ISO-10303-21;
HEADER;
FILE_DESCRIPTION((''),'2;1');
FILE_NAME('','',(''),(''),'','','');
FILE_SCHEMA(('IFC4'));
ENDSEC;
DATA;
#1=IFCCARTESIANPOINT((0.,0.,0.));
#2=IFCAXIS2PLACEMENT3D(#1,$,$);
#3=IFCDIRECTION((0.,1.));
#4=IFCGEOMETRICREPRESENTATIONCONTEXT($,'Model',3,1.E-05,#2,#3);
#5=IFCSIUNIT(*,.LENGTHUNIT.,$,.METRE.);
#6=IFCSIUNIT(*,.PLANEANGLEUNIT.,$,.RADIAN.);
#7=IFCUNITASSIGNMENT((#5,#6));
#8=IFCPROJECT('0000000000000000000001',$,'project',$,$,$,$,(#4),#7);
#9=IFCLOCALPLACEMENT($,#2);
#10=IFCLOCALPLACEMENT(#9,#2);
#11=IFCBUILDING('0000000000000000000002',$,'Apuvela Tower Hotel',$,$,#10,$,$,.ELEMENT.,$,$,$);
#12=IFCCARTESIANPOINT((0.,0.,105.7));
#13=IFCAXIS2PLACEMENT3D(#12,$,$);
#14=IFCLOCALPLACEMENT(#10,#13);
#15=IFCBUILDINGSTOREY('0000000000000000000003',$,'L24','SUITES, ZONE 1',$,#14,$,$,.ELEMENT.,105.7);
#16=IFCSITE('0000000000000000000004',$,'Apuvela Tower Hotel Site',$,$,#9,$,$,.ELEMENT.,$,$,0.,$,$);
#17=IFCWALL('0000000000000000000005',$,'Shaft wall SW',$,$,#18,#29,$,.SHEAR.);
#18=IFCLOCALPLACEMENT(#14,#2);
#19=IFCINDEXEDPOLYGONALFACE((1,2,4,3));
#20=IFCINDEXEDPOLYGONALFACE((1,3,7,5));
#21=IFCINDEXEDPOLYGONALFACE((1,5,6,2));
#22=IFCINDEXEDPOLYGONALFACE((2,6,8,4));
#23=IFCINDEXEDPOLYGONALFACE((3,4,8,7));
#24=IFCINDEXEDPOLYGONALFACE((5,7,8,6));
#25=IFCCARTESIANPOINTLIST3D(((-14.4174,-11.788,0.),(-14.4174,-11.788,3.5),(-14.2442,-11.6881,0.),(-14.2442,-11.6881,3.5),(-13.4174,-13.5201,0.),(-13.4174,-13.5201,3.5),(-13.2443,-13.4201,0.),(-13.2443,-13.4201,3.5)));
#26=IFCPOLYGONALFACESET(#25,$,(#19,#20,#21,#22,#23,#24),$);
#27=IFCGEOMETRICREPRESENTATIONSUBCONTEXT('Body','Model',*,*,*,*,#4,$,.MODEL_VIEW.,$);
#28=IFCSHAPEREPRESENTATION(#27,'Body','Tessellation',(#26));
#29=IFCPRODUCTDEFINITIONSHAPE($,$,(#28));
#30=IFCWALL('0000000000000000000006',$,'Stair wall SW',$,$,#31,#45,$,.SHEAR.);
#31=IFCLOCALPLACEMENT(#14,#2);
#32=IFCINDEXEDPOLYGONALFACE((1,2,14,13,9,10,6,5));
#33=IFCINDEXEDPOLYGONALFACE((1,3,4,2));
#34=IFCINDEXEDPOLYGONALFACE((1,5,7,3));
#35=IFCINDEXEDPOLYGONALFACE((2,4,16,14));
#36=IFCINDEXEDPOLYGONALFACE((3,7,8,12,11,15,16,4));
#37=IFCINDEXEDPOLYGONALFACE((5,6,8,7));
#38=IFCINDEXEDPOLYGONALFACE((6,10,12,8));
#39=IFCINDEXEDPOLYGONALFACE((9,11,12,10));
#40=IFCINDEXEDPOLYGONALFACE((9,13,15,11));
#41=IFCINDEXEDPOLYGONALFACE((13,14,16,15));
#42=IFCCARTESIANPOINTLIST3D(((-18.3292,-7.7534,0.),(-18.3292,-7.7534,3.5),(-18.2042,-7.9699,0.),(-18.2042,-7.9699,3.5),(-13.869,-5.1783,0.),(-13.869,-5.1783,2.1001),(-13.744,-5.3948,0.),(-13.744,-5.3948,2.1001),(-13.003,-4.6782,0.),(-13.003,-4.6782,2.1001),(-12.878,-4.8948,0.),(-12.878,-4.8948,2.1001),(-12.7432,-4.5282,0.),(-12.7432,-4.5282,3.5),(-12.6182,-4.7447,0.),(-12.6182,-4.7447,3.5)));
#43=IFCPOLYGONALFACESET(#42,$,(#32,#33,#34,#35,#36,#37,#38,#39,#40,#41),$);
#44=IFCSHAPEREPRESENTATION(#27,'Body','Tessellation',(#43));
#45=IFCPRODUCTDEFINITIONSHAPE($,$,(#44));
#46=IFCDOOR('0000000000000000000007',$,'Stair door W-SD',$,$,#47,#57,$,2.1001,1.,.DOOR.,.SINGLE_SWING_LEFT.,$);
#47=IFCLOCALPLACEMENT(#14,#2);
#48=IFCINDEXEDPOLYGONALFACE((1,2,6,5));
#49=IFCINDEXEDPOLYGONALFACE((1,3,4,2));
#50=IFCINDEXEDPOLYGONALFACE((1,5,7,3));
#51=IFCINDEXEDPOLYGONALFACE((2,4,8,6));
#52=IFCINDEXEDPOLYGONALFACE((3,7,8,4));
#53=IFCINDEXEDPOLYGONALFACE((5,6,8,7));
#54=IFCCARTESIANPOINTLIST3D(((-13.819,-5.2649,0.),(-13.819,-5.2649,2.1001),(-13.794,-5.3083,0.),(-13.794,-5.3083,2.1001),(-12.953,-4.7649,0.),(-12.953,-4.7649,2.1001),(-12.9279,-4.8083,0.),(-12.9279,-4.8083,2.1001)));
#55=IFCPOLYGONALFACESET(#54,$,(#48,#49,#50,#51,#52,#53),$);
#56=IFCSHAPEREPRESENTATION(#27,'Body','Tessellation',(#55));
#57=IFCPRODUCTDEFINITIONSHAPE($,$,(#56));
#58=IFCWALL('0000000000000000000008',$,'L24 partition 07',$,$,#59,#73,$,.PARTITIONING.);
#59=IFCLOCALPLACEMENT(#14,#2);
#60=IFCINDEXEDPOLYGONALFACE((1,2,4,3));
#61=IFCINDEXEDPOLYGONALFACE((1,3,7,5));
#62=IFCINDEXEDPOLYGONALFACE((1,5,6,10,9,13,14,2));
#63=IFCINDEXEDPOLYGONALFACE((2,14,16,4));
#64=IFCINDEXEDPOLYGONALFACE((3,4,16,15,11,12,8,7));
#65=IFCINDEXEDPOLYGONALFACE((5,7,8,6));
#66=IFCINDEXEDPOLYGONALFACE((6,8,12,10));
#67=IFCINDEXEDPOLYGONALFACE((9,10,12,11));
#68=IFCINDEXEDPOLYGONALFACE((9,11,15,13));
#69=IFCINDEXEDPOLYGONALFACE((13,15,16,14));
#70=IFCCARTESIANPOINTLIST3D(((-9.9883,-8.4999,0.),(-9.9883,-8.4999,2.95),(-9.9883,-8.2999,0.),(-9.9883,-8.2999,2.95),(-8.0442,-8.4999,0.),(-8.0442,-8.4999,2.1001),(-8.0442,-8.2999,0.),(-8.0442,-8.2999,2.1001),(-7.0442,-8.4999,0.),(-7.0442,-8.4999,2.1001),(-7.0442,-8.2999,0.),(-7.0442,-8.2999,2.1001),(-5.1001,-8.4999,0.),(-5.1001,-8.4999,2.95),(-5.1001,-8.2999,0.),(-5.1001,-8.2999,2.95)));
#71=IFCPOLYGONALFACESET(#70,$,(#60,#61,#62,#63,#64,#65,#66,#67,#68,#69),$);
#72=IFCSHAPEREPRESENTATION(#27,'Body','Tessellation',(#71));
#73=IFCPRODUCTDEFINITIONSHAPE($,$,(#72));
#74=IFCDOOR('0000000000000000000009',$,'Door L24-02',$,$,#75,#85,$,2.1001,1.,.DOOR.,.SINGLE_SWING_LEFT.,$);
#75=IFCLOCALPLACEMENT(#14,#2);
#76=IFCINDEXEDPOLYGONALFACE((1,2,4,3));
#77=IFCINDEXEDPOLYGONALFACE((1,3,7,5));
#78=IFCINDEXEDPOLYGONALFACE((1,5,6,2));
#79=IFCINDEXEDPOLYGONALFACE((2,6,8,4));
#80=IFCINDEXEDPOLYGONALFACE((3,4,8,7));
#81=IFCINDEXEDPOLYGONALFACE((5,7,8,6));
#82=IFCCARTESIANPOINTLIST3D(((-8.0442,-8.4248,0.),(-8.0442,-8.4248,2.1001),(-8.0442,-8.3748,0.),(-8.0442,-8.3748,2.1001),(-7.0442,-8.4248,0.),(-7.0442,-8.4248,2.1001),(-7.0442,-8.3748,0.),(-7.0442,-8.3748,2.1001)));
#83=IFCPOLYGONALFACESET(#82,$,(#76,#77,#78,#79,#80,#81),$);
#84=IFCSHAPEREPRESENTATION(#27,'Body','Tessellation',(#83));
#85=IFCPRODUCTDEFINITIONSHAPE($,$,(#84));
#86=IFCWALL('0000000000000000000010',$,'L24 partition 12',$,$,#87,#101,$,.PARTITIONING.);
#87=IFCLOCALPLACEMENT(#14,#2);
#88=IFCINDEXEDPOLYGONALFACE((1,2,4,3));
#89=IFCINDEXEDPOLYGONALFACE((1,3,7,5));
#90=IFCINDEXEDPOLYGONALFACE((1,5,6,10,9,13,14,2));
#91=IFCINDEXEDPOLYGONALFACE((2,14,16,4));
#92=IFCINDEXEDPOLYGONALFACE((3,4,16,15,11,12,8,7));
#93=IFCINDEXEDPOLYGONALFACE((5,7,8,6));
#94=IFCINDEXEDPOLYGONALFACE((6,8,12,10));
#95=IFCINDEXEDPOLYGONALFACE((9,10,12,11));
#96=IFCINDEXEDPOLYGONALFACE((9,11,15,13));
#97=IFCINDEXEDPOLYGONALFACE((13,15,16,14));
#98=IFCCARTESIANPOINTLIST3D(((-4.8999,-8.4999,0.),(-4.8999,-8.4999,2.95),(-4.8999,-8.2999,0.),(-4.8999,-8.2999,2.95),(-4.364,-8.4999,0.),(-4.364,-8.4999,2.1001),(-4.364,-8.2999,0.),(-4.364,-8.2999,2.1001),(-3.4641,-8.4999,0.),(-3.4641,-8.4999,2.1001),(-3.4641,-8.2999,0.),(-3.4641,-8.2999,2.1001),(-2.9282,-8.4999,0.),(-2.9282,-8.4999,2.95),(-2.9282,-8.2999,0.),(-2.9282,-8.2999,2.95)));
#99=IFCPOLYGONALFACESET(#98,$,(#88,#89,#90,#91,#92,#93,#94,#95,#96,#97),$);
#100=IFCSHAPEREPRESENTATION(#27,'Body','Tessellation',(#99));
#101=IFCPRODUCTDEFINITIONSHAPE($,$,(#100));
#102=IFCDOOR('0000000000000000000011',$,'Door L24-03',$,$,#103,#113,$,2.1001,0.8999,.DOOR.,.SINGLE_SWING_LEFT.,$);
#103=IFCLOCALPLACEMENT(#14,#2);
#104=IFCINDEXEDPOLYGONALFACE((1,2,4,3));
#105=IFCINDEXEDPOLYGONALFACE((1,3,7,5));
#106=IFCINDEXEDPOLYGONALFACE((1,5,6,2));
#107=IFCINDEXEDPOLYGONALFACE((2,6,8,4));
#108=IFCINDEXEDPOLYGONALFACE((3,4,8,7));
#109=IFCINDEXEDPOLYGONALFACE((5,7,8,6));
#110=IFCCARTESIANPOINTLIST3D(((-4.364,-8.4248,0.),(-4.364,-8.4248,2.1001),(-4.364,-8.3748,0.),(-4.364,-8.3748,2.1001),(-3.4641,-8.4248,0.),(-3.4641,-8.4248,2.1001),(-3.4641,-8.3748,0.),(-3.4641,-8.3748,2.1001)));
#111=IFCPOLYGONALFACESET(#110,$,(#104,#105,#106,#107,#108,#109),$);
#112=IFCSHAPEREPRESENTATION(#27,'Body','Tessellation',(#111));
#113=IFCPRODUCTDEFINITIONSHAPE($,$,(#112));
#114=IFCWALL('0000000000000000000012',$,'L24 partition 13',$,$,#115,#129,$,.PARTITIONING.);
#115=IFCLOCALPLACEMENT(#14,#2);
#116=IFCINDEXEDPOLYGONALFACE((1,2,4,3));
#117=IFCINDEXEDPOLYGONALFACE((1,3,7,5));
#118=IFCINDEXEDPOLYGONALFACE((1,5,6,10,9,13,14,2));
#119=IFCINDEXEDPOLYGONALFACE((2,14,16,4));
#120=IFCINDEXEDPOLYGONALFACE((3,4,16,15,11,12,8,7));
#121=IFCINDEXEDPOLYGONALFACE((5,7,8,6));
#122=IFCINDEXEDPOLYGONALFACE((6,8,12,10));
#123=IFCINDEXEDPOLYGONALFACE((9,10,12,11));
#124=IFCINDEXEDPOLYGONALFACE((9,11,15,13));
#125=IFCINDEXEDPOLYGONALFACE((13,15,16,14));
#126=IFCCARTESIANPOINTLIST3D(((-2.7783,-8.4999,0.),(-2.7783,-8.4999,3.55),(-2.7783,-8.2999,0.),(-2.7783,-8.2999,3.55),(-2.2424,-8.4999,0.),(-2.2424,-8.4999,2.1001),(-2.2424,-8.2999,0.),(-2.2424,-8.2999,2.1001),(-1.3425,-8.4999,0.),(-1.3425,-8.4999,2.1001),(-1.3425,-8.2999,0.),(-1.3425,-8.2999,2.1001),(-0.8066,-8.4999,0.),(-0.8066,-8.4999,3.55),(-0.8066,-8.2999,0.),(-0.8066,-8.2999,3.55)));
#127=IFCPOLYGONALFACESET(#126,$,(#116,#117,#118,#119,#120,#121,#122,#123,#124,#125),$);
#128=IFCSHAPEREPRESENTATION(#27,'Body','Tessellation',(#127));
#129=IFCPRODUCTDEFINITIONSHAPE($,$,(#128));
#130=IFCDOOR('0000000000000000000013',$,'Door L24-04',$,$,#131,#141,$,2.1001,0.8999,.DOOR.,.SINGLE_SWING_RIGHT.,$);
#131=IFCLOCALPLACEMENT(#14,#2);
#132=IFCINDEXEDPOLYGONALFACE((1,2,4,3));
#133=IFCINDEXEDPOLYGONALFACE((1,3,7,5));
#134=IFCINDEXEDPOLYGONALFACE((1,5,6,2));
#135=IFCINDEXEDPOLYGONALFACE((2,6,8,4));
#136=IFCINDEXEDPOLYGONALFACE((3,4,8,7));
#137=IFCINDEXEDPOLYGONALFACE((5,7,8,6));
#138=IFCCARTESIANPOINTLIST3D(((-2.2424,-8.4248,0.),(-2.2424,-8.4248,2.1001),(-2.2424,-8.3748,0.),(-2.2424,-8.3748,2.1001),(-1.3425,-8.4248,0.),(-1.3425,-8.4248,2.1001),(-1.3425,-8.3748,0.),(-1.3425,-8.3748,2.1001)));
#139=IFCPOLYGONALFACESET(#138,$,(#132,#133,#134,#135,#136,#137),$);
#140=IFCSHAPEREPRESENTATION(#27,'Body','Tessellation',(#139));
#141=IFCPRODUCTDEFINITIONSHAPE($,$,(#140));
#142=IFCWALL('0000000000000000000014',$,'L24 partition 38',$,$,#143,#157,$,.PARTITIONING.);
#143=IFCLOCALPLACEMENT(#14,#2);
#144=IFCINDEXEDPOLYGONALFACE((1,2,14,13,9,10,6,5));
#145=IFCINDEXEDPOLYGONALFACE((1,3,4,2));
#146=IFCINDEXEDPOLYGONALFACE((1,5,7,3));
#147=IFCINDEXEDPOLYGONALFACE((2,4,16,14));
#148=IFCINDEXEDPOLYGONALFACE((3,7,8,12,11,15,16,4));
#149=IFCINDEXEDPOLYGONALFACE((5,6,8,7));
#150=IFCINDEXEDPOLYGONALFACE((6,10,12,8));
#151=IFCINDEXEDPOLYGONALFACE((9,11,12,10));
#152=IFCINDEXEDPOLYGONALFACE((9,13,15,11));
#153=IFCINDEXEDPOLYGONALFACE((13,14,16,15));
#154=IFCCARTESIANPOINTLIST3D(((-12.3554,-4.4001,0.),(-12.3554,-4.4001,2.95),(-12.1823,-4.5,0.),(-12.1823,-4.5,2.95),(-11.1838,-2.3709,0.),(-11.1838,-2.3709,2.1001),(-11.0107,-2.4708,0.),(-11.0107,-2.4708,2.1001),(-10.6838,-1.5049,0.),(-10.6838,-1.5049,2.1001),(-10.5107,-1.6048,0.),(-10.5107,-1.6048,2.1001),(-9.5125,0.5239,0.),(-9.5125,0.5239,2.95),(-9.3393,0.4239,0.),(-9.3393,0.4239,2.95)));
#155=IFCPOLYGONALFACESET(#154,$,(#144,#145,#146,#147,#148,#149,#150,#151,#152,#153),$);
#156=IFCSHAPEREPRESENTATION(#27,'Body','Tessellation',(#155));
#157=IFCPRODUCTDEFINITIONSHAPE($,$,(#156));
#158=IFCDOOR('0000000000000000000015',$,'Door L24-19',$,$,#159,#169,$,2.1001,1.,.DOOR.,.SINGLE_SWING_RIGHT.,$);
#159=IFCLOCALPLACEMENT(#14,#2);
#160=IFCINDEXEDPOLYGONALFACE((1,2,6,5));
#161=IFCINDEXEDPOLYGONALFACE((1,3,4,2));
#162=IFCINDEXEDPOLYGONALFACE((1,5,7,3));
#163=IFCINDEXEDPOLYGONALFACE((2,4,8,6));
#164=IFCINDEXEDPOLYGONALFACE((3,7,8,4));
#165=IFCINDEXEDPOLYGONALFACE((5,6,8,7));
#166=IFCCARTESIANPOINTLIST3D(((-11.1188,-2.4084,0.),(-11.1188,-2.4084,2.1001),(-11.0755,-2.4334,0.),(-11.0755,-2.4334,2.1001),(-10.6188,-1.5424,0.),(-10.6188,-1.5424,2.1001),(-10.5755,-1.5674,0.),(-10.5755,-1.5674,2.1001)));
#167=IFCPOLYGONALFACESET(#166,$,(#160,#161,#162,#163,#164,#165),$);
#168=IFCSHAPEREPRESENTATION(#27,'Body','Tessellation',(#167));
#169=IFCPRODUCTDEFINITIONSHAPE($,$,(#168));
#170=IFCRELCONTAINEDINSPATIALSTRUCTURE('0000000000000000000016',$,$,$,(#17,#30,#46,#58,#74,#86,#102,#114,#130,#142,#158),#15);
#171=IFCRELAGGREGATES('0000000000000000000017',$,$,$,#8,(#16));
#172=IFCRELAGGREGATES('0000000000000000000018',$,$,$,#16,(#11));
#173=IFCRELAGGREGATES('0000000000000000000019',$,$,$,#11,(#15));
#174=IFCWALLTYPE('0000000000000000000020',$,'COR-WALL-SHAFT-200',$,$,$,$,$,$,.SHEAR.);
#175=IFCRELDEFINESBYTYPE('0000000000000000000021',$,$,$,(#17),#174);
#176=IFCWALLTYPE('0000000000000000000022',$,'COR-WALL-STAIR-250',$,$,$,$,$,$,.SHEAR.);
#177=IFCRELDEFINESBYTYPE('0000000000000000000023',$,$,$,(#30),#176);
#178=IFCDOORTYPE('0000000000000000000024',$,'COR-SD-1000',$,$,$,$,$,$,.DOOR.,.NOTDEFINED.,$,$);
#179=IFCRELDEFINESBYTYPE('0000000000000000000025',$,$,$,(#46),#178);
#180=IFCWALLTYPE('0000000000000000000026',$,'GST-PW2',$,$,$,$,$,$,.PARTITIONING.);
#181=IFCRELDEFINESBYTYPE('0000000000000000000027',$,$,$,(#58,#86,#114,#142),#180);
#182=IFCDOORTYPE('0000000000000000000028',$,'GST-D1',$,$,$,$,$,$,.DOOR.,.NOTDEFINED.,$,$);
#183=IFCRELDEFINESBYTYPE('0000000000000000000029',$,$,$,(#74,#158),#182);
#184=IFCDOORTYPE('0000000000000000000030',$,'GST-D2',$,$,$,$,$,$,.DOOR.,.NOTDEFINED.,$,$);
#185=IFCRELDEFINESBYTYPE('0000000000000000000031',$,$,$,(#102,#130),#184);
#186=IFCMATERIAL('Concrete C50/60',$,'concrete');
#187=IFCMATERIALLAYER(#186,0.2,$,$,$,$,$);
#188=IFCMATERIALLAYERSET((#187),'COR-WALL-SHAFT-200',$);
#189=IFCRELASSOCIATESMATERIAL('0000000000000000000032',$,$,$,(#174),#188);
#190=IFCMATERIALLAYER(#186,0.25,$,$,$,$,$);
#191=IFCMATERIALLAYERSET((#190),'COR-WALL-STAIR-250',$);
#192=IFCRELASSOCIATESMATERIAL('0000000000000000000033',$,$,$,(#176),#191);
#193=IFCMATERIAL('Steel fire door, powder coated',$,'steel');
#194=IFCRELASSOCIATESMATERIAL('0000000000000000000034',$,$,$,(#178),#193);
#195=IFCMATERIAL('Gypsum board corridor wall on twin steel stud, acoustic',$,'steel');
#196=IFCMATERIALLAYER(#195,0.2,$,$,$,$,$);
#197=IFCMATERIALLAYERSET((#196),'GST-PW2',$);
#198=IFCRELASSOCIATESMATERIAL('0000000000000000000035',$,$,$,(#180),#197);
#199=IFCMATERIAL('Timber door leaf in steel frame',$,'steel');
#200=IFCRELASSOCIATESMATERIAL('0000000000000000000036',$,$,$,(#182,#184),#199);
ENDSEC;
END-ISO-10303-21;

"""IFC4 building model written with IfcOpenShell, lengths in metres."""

from ifc_helpers import new_model, si_unit, direction, frame, frame_2d, origin, place, context, subcontext, project, spatial, rectangle, extrude, material, layer, layer_set, type_object, element, fill, save


model = new_model("IFC4")

# Units and contexts
model_context = context("Model", 3, precision=1e-05, world=origin(), true_north=direction((0.0, 1.0)))
body_context = subcontext(model_context, "Body", "Model", "MODEL_VIEW")
ifc_project = project(units=[si_unit("LENGTHUNIT", "METRE"), si_unit("PLANEANGLEUNIT", "RADIAN")], contexts=[model_context])

# Site, building, storey
site_placement = place(None, origin())
site = spatial("IfcSite", under=ifc_project, at=site_placement, Name="Apuvela Tower Hotel Site", CompositionType="ELEMENT", RefElevation=0.0)
building_placement = place(site_placement, origin())
building = spatial("IfcBuilding", under=site, at=building_placement, Name="Apuvela Tower Hotel", CompositionType="ELEMENT")
storey_placement = place(building_placement, frame((0.0, 0.0, 105.7)))
storey = spatial("IfcBuildingStorey", under=building, at=storey_placement, Name="L24", Description="SUITES, ZONE 1", CompositionType="ELEMENT", Elevation=105.7)

# Shared definitions
ifc_material_1 = material(Name="Concrete C50/60", Category="concrete")

# Shared definitions
ifc_layer_1 = layer(ifc_material_1, 0.2)
ifc_layer_set_1 = layer_set([ifc_layer_1], Name="COR-WALL-SHAFT-200")
wall_type_1 = type_object("IfcWallType", Name="COR-WALL-SHAFT-200", PredefinedType="SHEAR", material=ifc_layer_set_1)

# Shared definitions
ifc_material_2 = material(Name="Steel fire door, powder coated", Category="steel")

# Wall
wall_1_placement = place(storey_placement, frame((-14.3308, -11.738, 0.0), z_axis=(0.0, 0.0, 1.0), x_axis=(0.499973, -0.866041, 0.0)))
element("IfcWall", 1, at=wall_1_placement, inside=storey, type_object=wall_type_1, Name="Shaft wall SW", PredefinedType="SHEAR", context=body_context, shape_type="SweptSolid", body=[
    extrude(rectangle(XDim=2.0, YDim=0.2, at=frame_2d((1.0, 0.0))), origin(), (0.0, 0.0, 1.0), 3.5),
])

# Walls, openings, doors
ifc_layer_2 = layer(ifc_material_1, 0.25)
ifc_layer_set_2 = layer_set([ifc_layer_2], Name="COR-WALL-STAIR-250")
wall_type_2 = type_object("IfcWallType", Name="COR-WALL-STAIR-250", PredefinedType="SHEAR", material=ifc_layer_set_2)
wall_2_placement = place(storey_placement, frame((-12.6807, -4.6365, 0.0), z_axis=(0.0, 0.0, 1.0), x_axis=(-0.866022, -0.500006, 0.0)))
wall_2 = element("IfcWall", 2, at=wall_2_placement, inside=storey, type_object=wall_type_2, Name="Stair wall SW", PredefinedType="SHEAR", context=body_context, shape_type="SweptSolid", body=[
    extrude(rectangle(XDim=6.4502, YDim=0.25, at=frame_2d((3.2251, 0.0))), origin(), (0.0, 0.0, 1.0), 3.5),
])
opening_1_placement = place(wall_2_placement, frame((0.3, 0.0, 0.0)))
opening_1 = element("IfcOpeningElement", 3, at=opening_1_placement, cuts=wall_2, PredefinedType="OPENING", context=body_context, shape_type="SweptSolid", body=[
    extrude(rectangle(XDim=1.0, YDim=2.1001, at=frame_2d((0.5, 1.05))), frame((0.0, 0.135, 0.0), z_axis=(0.0, -1.0, 0.0), x_axis=(1.0, 0.0, 0.0)), (0.0, 0.0, 1.0), 0.27),
])
door_type_1 = type_object("IfcDoorType", Name="COR-SD-1000", OperationType="NOTDEFINED", PredefinedType="DOOR", material=ifc_material_2)
door_1_placement = place(opening_1_placement, frame((1.0, 0.0, 0.0), z_axis=(0.0, 0.0, 1.0), x_axis=(-1.0, 0.0, 0.0)))
door_1 = element("IfcDoor", 4, at=door_1_placement, inside=storey, type_object=door_type_1, Name="Stair door W-SD", OperationType="SINGLE_SWING_LEFT", OverallHeight=2.1001, OverallWidth=1.0, PredefinedType="DOOR", context=body_context, shape_type="SweptSolid", body=[
    extrude(rectangle(XDim=1.0, YDim=2.1001, at=frame_2d((0.5, 1.05))), frame((0.0, 0.0249, 0.0), z_axis=(0.0, -1.0, 0.0), x_axis=(1.0, 0.0, 0.0)), (0.0, 0.0, 1.0), 0.05),
])
fill(opening_1, door_1)
ifc_material_3 = material(Name="Gypsum board corridor wall on twin steel stud, acoustic", Category="steel")
ifc_layer_3 = layer(ifc_material_3, 0.2)
ifc_layer_set_3 = layer_set([ifc_layer_3], Name="GST-PW2")
wall_type_3 = type_object("IfcWallType", Name="GST-PW2", PredefinedType="PARTITIONING", material=ifc_layer_set_3)
wall_3_placement = place(storey_placement, frame((-5.1001, -8.3999, 0.0), z_axis=(0.0, 0.0, 1.0), x_axis=(-1.0, 0.0, 0.0)))
wall_3 = element("IfcWall", 5, at=wall_3_placement, inside=storey, type_object=wall_type_3, Name="L24 partition 07", PredefinedType="PARTITIONING", context=body_context, shape_type="SweptSolid", body=[
    extrude(rectangle(XDim=4.8882, YDim=0.2, at=frame_2d((2.4441, 0.0))), origin(), (0.0, 0.0, 1.0), 2.95),
])
opening_2_placement = place(wall_3_placement, frame((1.9441, 0.0, 0.0)))
opening_2 = element("IfcOpeningElement", 6, at=opening_2_placement, cuts=wall_3, PredefinedType="OPENING", context=body_context, shape_type="SweptSolid", body=[
    extrude(rectangle(XDim=1.0, YDim=2.1001, at=frame_2d((0.5, 1.05))), frame((0.0, 0.1099, 0.0), z_axis=(0.0, -1.0, 0.0), x_axis=(1.0, 0.0, 0.0)), (0.0, 0.0, 1.0), 0.22),
])
ifc_material_4 = material(Name="Timber door leaf in steel frame", Category="steel")
door_type_2 = type_object("IfcDoorType", Name="GST-D1", OperationType="NOTDEFINED", PredefinedType="DOOR", material=ifc_material_4)
door_2_placement = place(opening_2_placement, origin())
door_2 = element("IfcDoor", 7, at=door_2_placement, inside=storey, type_object=door_type_2, Name="Door L24-02", OperationType="SINGLE_SWING_LEFT", OverallHeight=2.1001, OverallWidth=1.0, PredefinedType="DOOR", context=body_context, shape_type="SweptSolid", body=[
    extrude(rectangle(XDim=1.0, YDim=2.1001, at=frame_2d((0.5, 1.05))), frame((0.0, 0.0249, 0.0), z_axis=(0.0, -1.0, 0.0), x_axis=(1.0, 0.0, 0.0)), (0.0, 0.0, 1.0), 0.05),
])
fill(opening_2, door_2)
wall_4_placement = place(storey_placement, frame((-2.9282, -8.3999, 0.0), z_axis=(0.0, 0.0, 1.0), x_axis=(-1.0, 0.0, 0.0)))
wall_4 = element("IfcWall", 8, at=wall_4_placement, inside=storey, type_object=wall_type_3, Name="L24 partition 12", PredefinedType="PARTITIONING", context=body_context, shape_type="SweptSolid", body=[
    extrude(rectangle(XDim=1.9717, YDim=0.2, at=frame_2d((0.9858, 0.0))), origin(), (0.0, 0.0, 1.0), 2.95),
])
opening_3_placement = place(wall_4_placement, frame((0.5359, 0.0, 0.0)))
opening_3 = element("IfcOpeningElement", 9, at=opening_3_placement, cuts=wall_4, PredefinedType="OPENING", context=body_context, shape_type="SweptSolid", body=[
    extrude(rectangle(XDim=0.8999, YDim=2.1001, at=frame_2d((0.45, 1.05))), frame((0.0, 0.1099, 0.0), z_axis=(0.0, -1.0, 0.0), x_axis=(1.0, 0.0, 0.0)), (0.0, 0.0, 1.0), 0.22),
])
door_type_3 = type_object("IfcDoorType", Name="GST-D2", OperationType="NOTDEFINED", PredefinedType="DOOR", material=ifc_material_4)
door_3_placement = place(opening_3_placement, origin())
door_3 = element("IfcDoor", 10, at=door_3_placement, inside=storey, type_object=door_type_3, Name="Door L24-03", OperationType="SINGLE_SWING_LEFT", OverallHeight=2.1001, OverallWidth=0.8999, PredefinedType="DOOR", context=body_context, shape_type="SweptSolid", body=[
    extrude(rectangle(XDim=0.8999, YDim=2.1001, at=frame_2d((0.45, 1.05))), frame((0.0, 0.0249, 0.0), z_axis=(0.0, -1.0, 0.0), x_axis=(1.0, 0.0, 0.0)), (0.0, 0.0, 1.0), 0.05),
])
fill(opening_3, door_3)
wall_5_placement = place(storey_placement, frame((-0.8066, -8.3999, 0.0), z_axis=(0.0, 0.0, 1.0), x_axis=(-1.0, 0.0, 0.0)))
wall_5 = element("IfcWall", 11, at=wall_5_placement, inside=storey, type_object=wall_type_3, Name="L24 partition 13", PredefinedType="PARTITIONING", context=body_context, shape_type="SweptSolid", body=[
    extrude(rectangle(XDim=1.9717, YDim=0.2, at=frame_2d((0.9858, 0.0))), origin(), (0.0, 0.0, 1.0), 3.55),
])
opening_4_placement = place(wall_5_placement, frame((0.5359, 0.0, 0.0)))
opening_4 = element("IfcOpeningElement", 12, at=opening_4_placement, cuts=wall_5, PredefinedType="OPENING", context=body_context, shape_type="SweptSolid", body=[
    extrude(rectangle(XDim=0.8999, YDim=2.1001, at=frame_2d((0.45, 1.05))), frame((0.0, 0.1099, 0.0), z_axis=(0.0, -1.0, 0.0), x_axis=(1.0, 0.0, 0.0)), (0.0, 0.0, 1.0), 0.22),
])
door_4_placement = place(opening_4_placement, origin())
door_4 = element("IfcDoor", 13, at=door_4_placement, inside=storey, type_object=door_type_3, Name="Door L24-04", OperationType="SINGLE_SWING_RIGHT", OverallHeight=2.1001, OverallWidth=0.8999, PredefinedType="DOOR", context=body_context, shape_type="SweptSolid", body=[
    extrude(rectangle(XDim=0.8999, YDim=2.1001, at=frame_2d((0.45, 1.05))), frame((0.0, 0.0249, 0.0), z_axis=(0.0, -1.0, 0.0), x_axis=(1.0, 0.0, 0.0)), (0.0, 0.0, 1.0), 0.05),
])
fill(opening_4, door_4)
wall_6_placement = place(storey_placement, frame((-12.2688, -4.45, 0.0), z_axis=(0.0, 0.0, 1.0), x_axis=(0.500014, 0.866018, 0.0)))
wall_6 = element("IfcWall", 14, at=wall_6_placement, inside=storey, type_object=wall_type_3, Name="L24 partition 38", PredefinedType="PARTITIONING", context=body_context, shape_type="SweptSolid", body=[
    extrude(rectangle(XDim=5.6858, YDim=0.2, at=frame_2d((2.8428, 0.0))), origin(), (0.0, 0.0, 1.0), 2.95),
])
opening_5_placement = place(wall_6_placement, frame((2.343, 0.0, 0.0)))
opening_5 = element("IfcOpeningElement", 15, at=opening_5_placement, cuts=wall_6, PredefinedType="OPENING", context=body_context, shape_type="SweptSolid", body=[
    extrude(rectangle(XDim=1.0, YDim=2.1001, at=frame_2d((0.5, 1.05))), frame((0.0, 0.1099, 0.0), z_axis=(0.0, -1.0, 0.0), x_axis=(1.0, 0.0, 0.0)), (0.0, 0.0, 1.0), 0.22),
])
door_5_placement = place(opening_5_placement, origin())
door_5 = element("IfcDoor", 16, at=door_5_placement, inside=storey, type_object=door_type_2, Name="Door L24-19", OperationType="SINGLE_SWING_RIGHT", OverallHeight=2.1001, OverallWidth=1.0, PredefinedType="DOOR", context=body_context, shape_type="SweptSolid", body=[
    extrude(rectangle(XDim=1.0, YDim=2.1001, at=frame_2d((0.5, 1.05))), frame((0.0, 0.0249, 0.0), z_axis=(0.0, -1.0, 0.0), x_axis=(1.0, 0.0, 0.0)), (0.0, 0.0, 1.0), 0.05),
])
fill(opening_5, door_5)

save(model, "model.ifc")
